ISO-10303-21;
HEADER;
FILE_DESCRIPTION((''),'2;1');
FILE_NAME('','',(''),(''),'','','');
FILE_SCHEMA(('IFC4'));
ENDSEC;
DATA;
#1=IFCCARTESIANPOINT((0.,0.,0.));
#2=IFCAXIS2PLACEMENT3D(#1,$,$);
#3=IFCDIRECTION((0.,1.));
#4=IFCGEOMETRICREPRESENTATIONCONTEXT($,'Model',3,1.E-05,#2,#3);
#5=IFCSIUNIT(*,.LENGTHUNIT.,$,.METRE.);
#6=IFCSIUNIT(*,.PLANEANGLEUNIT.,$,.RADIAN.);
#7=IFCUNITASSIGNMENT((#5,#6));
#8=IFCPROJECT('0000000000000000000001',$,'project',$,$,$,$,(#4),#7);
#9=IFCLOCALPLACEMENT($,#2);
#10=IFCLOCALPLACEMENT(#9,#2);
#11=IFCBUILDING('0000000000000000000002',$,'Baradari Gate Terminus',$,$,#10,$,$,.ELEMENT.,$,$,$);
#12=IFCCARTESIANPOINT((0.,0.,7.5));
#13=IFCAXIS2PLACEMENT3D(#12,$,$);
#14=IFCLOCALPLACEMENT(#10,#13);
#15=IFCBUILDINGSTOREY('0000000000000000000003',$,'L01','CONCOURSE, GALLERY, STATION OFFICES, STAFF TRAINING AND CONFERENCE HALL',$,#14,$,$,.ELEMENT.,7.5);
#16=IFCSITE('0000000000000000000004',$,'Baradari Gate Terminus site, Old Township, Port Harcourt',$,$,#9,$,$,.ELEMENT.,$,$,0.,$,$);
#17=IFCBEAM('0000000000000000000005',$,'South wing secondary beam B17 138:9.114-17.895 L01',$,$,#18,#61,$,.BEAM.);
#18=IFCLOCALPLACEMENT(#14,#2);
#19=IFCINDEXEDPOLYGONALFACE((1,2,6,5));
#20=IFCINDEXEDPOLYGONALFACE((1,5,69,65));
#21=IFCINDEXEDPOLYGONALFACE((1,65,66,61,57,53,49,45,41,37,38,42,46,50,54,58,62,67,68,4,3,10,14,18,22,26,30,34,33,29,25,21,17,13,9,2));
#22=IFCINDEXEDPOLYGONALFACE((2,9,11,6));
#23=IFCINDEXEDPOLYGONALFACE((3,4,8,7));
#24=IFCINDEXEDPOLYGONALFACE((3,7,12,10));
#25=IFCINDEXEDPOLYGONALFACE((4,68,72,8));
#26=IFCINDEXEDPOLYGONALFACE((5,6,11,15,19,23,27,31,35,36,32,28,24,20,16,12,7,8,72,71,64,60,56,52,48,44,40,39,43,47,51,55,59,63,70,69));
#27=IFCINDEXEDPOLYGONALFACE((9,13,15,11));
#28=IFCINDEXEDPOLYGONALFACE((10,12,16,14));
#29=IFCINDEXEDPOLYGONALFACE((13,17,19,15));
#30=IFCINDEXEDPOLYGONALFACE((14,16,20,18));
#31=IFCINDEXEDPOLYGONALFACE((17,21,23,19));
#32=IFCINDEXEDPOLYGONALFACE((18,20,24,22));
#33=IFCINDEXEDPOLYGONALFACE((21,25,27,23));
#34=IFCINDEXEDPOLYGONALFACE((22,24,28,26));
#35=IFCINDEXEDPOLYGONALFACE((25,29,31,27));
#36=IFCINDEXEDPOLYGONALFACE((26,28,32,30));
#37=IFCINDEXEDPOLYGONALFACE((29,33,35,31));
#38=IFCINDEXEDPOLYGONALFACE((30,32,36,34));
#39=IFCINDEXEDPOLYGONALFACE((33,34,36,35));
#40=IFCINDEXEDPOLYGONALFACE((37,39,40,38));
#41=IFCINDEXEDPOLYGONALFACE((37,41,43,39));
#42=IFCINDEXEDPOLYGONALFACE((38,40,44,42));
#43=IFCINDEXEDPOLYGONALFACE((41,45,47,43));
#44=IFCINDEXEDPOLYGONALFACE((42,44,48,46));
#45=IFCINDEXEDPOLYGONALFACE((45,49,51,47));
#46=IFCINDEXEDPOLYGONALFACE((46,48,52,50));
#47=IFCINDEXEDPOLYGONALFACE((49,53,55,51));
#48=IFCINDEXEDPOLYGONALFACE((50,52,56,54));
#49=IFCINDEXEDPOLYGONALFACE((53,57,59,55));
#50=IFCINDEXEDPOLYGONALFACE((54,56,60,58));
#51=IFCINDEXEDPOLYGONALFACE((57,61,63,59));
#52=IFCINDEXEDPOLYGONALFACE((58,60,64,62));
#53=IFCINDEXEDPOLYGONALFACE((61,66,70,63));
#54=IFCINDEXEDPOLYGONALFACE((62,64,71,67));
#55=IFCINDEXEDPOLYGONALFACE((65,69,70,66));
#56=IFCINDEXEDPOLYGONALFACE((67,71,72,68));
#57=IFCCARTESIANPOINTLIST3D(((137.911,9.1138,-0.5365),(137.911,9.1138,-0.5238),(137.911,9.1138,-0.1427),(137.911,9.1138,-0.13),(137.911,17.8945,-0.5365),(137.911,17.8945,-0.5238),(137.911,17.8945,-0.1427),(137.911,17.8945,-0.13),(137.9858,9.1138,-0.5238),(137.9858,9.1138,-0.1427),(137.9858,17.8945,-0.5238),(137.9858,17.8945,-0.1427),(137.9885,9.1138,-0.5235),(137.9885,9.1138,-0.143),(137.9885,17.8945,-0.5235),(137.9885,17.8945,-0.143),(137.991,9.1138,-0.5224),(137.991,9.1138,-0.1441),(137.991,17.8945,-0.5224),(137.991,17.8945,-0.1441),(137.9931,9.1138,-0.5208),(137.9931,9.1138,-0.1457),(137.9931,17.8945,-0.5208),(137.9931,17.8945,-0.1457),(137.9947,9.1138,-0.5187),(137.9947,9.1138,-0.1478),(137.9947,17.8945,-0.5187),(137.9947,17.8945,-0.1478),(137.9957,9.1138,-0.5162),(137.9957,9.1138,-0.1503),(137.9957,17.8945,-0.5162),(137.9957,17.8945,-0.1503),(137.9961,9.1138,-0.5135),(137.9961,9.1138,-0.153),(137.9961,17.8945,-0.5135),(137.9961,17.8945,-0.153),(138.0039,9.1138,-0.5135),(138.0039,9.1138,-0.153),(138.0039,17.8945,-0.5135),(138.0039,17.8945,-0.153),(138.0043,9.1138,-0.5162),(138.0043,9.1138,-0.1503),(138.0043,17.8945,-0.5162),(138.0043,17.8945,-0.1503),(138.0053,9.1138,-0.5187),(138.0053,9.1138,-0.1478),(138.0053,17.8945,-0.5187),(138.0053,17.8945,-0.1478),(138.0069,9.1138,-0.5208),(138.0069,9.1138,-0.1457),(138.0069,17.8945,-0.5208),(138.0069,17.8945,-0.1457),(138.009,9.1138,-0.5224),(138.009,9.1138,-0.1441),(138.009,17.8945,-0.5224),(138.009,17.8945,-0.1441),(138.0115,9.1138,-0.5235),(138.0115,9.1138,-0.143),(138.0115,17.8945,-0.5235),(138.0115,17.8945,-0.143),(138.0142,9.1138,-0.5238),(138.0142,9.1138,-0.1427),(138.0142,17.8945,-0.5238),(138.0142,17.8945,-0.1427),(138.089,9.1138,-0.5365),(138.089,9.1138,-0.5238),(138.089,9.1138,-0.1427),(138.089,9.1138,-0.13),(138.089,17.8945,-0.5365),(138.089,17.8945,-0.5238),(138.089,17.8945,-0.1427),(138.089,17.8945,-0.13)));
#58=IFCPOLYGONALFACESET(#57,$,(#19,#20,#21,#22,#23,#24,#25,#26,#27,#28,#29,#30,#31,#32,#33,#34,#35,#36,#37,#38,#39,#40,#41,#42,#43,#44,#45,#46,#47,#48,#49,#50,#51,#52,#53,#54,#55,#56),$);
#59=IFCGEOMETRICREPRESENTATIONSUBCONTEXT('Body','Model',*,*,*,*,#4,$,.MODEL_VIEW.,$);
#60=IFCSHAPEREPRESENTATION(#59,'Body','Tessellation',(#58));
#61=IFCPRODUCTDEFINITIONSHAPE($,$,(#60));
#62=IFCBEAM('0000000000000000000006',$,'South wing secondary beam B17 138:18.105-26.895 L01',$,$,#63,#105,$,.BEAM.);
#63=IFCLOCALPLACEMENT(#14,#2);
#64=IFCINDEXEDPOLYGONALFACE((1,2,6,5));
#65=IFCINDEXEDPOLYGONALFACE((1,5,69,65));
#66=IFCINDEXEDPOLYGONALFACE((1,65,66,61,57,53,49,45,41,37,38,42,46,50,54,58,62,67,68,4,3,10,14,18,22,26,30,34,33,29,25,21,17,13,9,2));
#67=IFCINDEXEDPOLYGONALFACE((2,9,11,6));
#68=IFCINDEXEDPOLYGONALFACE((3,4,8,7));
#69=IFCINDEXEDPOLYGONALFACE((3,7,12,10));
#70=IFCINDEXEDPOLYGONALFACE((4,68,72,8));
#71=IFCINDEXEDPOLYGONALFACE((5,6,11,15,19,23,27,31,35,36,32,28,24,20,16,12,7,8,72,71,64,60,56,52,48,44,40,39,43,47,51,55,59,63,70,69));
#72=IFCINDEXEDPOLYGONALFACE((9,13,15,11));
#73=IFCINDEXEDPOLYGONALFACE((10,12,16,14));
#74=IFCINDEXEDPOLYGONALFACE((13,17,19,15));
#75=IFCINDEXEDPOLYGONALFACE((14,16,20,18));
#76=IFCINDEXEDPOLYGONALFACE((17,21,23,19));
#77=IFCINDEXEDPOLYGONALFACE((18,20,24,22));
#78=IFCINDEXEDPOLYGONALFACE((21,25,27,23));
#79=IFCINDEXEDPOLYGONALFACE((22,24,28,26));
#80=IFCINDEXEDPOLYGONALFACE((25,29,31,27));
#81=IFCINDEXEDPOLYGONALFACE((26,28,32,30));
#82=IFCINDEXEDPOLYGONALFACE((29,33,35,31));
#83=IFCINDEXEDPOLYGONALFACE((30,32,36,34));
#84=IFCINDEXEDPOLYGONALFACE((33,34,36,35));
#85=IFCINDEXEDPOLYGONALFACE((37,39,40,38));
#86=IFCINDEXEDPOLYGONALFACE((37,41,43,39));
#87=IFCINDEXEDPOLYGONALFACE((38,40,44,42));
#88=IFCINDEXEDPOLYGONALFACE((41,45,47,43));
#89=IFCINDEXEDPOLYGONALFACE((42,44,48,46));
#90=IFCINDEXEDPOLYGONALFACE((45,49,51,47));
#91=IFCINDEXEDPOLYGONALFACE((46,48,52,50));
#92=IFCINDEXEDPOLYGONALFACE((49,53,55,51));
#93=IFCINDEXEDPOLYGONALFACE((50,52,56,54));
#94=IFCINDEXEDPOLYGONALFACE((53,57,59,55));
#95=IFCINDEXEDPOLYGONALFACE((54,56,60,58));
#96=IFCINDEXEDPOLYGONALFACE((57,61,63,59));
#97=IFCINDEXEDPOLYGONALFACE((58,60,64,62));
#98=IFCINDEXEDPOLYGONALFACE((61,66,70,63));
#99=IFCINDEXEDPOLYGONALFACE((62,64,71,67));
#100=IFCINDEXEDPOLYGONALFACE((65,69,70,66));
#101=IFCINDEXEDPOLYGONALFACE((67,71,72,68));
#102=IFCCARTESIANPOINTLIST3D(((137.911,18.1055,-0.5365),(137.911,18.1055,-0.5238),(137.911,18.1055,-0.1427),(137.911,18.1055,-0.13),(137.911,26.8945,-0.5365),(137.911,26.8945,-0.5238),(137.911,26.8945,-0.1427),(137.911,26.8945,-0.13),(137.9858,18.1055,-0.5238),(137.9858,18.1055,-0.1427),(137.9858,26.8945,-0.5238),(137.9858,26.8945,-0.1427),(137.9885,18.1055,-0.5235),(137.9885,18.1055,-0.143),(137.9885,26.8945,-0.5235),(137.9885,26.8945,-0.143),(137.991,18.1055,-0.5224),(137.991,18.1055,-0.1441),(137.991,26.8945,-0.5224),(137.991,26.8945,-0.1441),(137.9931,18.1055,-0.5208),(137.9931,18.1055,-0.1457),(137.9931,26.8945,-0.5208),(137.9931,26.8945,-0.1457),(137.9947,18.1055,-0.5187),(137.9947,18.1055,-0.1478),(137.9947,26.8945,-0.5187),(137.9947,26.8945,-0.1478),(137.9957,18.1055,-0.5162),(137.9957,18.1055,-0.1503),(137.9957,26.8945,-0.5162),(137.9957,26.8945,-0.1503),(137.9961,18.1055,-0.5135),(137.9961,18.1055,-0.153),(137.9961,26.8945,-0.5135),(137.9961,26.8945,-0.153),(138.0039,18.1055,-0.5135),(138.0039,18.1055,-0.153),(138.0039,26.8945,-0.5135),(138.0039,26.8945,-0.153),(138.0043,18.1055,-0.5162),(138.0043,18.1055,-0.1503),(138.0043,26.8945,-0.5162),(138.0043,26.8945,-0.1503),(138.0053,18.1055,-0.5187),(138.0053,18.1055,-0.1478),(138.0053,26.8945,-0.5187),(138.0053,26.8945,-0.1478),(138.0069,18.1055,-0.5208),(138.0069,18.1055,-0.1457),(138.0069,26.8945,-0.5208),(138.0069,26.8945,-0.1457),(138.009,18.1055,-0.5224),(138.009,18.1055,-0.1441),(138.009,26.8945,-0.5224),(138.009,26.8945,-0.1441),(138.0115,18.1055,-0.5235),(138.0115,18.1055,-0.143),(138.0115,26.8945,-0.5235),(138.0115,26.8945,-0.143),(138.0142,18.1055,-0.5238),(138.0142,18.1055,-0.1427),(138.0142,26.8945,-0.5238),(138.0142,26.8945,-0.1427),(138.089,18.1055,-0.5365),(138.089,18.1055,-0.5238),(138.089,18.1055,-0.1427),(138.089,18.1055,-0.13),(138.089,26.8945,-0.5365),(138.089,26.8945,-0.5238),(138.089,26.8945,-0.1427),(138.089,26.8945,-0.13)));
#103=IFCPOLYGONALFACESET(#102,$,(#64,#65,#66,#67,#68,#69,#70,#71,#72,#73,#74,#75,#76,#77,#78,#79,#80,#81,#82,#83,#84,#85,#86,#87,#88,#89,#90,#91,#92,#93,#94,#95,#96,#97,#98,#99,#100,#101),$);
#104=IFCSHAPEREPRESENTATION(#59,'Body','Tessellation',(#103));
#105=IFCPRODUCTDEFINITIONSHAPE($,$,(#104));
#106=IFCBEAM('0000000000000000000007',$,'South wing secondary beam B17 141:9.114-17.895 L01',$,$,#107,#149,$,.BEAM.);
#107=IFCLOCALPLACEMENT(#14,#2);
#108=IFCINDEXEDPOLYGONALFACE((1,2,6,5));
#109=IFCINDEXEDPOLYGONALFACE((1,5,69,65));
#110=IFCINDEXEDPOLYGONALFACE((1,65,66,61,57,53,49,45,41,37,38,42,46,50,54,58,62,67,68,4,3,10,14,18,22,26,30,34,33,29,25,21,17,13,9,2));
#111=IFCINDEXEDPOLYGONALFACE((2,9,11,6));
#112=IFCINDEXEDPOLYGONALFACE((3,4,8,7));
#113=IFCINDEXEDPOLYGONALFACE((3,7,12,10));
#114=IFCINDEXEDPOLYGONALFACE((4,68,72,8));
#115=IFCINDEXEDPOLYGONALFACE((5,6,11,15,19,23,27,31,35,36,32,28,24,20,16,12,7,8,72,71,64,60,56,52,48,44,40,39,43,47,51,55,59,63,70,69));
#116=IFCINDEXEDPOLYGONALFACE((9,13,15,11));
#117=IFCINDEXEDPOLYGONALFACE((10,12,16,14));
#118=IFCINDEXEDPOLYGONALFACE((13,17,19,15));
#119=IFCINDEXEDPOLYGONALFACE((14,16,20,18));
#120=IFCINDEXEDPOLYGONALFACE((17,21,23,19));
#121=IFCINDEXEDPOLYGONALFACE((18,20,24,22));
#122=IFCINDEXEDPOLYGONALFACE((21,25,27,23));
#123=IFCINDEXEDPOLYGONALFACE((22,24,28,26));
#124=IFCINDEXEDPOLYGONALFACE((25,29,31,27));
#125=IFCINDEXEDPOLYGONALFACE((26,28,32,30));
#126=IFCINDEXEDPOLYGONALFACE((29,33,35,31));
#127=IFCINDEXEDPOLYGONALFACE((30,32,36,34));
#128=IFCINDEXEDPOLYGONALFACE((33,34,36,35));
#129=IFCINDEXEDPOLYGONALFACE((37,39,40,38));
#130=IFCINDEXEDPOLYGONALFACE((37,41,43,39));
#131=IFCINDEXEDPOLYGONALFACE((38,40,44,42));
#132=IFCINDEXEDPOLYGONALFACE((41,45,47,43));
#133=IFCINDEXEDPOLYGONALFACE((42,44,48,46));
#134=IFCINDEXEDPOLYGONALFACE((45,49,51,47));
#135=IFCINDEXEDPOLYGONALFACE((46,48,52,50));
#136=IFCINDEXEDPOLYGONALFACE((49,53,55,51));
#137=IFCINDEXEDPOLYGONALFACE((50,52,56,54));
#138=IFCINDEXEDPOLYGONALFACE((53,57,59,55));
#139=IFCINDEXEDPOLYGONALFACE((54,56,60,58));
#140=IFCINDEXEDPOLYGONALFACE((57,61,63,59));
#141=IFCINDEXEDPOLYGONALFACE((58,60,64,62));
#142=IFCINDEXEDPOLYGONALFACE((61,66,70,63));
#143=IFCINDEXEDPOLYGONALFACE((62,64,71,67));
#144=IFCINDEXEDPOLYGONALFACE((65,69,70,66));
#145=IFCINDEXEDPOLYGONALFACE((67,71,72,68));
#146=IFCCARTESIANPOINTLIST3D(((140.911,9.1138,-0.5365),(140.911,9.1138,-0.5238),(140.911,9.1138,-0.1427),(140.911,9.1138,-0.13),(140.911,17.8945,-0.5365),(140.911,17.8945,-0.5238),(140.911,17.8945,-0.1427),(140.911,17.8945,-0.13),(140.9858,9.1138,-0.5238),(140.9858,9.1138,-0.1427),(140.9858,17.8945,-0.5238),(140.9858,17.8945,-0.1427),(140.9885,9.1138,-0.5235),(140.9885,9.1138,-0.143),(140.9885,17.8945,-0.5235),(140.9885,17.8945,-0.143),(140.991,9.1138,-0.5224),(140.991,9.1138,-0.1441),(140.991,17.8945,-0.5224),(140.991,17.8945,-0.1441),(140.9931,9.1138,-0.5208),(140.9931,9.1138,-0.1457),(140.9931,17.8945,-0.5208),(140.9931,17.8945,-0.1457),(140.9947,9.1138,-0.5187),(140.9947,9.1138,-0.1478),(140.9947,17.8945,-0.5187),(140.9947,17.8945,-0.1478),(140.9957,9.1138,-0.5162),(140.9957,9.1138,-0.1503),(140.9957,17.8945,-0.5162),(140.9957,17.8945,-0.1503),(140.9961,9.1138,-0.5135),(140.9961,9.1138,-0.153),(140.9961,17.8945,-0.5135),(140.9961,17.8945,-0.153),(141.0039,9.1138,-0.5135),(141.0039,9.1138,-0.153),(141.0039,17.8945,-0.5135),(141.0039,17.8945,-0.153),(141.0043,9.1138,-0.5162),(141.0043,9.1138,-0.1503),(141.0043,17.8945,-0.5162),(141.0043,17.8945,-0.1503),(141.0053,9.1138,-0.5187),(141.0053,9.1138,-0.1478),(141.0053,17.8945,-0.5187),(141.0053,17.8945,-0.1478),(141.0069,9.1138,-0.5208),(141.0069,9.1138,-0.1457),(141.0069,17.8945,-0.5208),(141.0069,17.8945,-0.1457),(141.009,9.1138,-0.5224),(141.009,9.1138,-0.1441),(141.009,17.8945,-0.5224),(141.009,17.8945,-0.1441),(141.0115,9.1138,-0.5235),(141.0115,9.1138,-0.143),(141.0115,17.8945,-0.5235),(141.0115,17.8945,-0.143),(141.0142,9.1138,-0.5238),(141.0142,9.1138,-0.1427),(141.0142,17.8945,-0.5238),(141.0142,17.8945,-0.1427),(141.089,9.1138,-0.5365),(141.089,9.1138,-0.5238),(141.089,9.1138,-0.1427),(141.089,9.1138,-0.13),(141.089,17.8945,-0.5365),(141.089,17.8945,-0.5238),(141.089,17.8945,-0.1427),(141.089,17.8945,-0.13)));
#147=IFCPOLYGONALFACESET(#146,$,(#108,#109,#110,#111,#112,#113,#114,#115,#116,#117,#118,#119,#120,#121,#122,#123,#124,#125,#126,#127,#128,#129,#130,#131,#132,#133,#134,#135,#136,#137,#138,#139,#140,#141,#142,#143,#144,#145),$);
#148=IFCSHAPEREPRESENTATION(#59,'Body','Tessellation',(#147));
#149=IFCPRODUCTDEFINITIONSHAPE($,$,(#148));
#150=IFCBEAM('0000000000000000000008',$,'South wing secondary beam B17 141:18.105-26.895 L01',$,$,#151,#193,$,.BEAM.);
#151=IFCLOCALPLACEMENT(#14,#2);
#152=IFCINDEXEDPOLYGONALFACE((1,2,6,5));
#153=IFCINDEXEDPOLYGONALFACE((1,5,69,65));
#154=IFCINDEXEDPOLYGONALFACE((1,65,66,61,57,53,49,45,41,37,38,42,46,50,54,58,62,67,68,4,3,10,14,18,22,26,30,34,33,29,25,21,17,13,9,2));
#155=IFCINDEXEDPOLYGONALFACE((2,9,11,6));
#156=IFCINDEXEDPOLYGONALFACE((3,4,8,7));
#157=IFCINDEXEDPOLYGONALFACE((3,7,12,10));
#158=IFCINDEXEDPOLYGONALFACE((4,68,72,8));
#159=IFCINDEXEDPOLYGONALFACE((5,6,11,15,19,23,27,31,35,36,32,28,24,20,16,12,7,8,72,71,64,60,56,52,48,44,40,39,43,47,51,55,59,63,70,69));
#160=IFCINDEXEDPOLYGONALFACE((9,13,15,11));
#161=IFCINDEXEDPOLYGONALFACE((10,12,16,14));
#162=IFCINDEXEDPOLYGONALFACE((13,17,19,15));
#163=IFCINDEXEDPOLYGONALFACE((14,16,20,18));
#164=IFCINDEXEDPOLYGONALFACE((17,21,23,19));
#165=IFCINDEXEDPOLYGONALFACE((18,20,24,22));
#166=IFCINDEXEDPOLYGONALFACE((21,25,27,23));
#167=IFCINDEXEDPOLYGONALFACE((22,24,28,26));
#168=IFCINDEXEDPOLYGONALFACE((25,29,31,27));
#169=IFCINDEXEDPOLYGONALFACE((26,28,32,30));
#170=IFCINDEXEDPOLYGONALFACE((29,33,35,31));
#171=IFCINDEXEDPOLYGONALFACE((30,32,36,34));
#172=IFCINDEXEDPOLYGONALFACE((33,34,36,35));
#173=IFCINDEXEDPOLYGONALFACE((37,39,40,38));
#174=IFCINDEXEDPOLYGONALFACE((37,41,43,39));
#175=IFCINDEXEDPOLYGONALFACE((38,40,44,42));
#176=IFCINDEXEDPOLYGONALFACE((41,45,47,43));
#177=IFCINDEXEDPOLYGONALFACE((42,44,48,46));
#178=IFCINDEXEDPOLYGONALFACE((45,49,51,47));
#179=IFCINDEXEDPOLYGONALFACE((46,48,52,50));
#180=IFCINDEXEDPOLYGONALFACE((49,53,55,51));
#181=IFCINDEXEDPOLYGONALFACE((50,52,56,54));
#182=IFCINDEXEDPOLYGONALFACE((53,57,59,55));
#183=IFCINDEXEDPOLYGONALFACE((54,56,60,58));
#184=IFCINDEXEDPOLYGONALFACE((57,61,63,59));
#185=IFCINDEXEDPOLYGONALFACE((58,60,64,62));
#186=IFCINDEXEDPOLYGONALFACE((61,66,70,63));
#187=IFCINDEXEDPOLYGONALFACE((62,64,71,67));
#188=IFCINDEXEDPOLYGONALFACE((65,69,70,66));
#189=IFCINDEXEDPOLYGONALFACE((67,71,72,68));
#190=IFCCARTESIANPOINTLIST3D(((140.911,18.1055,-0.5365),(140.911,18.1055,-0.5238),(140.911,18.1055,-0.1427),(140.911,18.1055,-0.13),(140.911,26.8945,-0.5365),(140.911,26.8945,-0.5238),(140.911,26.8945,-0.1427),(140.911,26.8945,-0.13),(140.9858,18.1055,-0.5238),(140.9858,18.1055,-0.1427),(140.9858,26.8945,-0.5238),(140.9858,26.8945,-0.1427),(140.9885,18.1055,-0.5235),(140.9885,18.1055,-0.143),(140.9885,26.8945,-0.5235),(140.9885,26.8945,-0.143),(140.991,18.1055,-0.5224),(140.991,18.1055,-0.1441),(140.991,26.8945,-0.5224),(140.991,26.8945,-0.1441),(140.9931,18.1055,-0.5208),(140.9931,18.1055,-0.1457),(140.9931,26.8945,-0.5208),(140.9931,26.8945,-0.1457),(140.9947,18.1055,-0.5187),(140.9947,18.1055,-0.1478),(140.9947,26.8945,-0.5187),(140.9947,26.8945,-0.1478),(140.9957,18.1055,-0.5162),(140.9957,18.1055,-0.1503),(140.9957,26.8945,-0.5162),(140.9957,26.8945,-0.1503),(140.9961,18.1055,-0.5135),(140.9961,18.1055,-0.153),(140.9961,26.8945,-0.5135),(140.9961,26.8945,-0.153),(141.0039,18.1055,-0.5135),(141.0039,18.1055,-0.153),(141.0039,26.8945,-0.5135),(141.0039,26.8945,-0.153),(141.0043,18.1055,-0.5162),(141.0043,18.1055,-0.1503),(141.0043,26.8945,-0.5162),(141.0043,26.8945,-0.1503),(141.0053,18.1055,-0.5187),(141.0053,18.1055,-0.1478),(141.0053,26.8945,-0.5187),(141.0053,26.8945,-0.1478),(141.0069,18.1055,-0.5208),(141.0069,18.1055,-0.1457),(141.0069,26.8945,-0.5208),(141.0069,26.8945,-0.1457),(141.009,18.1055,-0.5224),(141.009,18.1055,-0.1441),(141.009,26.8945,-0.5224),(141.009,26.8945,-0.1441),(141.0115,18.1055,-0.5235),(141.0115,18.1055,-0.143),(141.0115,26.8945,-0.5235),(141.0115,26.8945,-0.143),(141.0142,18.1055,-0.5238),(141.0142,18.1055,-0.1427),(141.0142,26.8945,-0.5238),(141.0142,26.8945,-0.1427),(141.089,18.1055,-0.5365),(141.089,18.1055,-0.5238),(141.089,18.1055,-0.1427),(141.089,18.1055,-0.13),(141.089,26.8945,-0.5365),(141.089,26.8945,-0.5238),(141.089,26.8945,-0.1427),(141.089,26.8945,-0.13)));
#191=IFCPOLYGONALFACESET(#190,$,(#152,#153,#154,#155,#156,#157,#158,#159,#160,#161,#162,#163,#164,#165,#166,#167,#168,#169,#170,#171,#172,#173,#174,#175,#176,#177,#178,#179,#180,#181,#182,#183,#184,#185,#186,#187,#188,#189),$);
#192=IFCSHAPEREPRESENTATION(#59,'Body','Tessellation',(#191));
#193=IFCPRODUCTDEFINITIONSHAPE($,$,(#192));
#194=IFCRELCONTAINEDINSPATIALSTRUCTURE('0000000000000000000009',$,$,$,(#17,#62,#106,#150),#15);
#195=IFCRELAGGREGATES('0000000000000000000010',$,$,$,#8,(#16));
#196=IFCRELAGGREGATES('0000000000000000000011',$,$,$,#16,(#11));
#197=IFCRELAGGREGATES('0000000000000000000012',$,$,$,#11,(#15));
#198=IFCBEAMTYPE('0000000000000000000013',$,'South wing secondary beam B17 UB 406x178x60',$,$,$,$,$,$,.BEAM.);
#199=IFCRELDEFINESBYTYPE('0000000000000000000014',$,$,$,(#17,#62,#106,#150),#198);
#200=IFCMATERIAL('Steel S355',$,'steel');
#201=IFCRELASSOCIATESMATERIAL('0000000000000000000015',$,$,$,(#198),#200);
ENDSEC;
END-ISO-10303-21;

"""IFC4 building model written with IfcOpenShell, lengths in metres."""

from ifc_helpers import new_model, si_unit, direction, frame, origin, origin_2d, place, context, subcontext, project, spatial, i_section, extrude, material, material_profile, profile_set, type_object, element, save


model = new_model("IFC4")

# Units and contexts
model_context = context("Model", 3, precision=1e-05, world=origin(), true_north=direction((0.0, 1.0)))
body_context = subcontext(model_context, "Body", "Model", "MODEL_VIEW")
ifc_project = project(units=[si_unit("LENGTHUNIT", "METRE"), si_unit("PLANEANGLEUNIT", "RADIAN")], contexts=[model_context])

# Site, building, storey
site_placement = place(None, origin())
site = spatial("IfcSite", under=ifc_project, at=site_placement, Name="Baradari Gate Terminus site, Old Township, Port Harcourt", CompositionType="ELEMENT", RefElevation=0.0)
building_placement = place(site_placement, origin())
building = spatial("IfcBuilding", under=site, at=building_placement, Name="Baradari Gate Terminus", CompositionType="ELEMENT")
storey_placement = place(building_placement, frame((0.0, 0.0, 7.5)))
storey = spatial("IfcBuildingStorey", under=building, at=storey_placement, Name="L01", Description="CONCOURSE, GALLERY, STATION OFFICES, STAFF TRAINING AND CONFERENCE HALL", CompositionType="ELEMENT", Elevation=7.5)

# Beams
ifc_material_1 = material(Name="Steel S355", Category="steel")
ifc_material_profile_1 = material_profile(ifc_material_1, i_section(OverallWidth=0.178, OverallDepth=0.4065, WebThickness=0.0078, FlangeThickness=0.0127, FilletRadius=0.0103, at=origin_2d()), Name="UB 406x178x60")
ifc_profile_set_1 = profile_set([ifc_material_profile_1], Name="Steel S355")
beam_type_1 = type_object("IfcBeamType", Name="South wing secondary beam B17 UB 406x178x60", PredefinedType="BEAM", material=ifc_profile_set_1)
beam_1_placement = place(storey_placement, frame((138.0, 9.1138, -0.3333), z_axis=(0.0, 1.0, 0.0), x_axis=(-1.0, 0.0, 0.0)))
element("IfcBeam", 1, at=beam_1_placement, inside=storey, type_object=beam_type_1, Name="South wing secondary beam B17 138:9.114-17.895 L01", PredefinedType="BEAM", context=body_context, shape_type="SweptSolid", body=[
    extrude(i_section(OverallWidth=0.178, OverallDepth=0.4065, WebThickness=0.0078, FlangeThickness=0.0127, FilletRadius=0.0103, at=origin_2d()), origin(), (0.0, 0.0, 1.0), 8.7808),
])
beam_2_placement = place(storey_placement, frame((138.0, 18.1055, -0.3333), z_axis=(0.0, 1.0, 0.0), x_axis=(-1.0, 0.0, 0.0)))
element("IfcBeam", 2, at=beam_2_placement, inside=storey, type_object=beam_type_1, Name="South wing secondary beam B17 138:18.105-26.895 L01", PredefinedType="BEAM", context=body_context, shape_type="SweptSolid", body=[
    extrude(i_section(OverallWidth=0.178, OverallDepth=0.4065, WebThickness=0.0078, FlangeThickness=0.0127, FilletRadius=0.0103, at=origin_2d()), origin(), (0.0, 0.0, 1.0), 8.7891),
])
beam_3_placement = place(storey_placement, frame((141.0, 9.1138, -0.3333), z_axis=(0.0, 1.0, 0.0), x_axis=(-1.0, 0.0, 0.0)))
element("IfcBeam", 3, at=beam_3_placement, inside=storey, type_object=beam_type_1, Name="South wing secondary beam B17 141:9.114-17.895 L01", PredefinedType="BEAM", context=body_context, shape_type="SweptSolid", body=[
    extrude(i_section(OverallWidth=0.178, OverallDepth=0.4065, WebThickness=0.0078, FlangeThickness=0.0127, FilletRadius=0.0103, at=origin_2d()), origin(), (0.0, 0.0, 1.0), 8.7808),
])
beam_4_placement = place(storey_placement, frame((141.0, 18.1055, -0.3333), z_axis=(0.0, 1.0, 0.0), x_axis=(-1.0, 0.0, 0.0)))
element("IfcBeam", 4, at=beam_4_placement, inside=storey, type_object=beam_type_1, Name="South wing secondary beam B17 141:18.105-26.895 L01", PredefinedType="BEAM", context=body_context, shape_type="SweptSolid", body=[
    extrude(i_section(OverallWidth=0.178, OverallDepth=0.4065, WebThickness=0.0078, FlangeThickness=0.0127, FilletRadius=0.0103, at=origin_2d()), origin(), (0.0, 0.0, 1.0), 8.7891),
])

save(model, "model.ifc")
